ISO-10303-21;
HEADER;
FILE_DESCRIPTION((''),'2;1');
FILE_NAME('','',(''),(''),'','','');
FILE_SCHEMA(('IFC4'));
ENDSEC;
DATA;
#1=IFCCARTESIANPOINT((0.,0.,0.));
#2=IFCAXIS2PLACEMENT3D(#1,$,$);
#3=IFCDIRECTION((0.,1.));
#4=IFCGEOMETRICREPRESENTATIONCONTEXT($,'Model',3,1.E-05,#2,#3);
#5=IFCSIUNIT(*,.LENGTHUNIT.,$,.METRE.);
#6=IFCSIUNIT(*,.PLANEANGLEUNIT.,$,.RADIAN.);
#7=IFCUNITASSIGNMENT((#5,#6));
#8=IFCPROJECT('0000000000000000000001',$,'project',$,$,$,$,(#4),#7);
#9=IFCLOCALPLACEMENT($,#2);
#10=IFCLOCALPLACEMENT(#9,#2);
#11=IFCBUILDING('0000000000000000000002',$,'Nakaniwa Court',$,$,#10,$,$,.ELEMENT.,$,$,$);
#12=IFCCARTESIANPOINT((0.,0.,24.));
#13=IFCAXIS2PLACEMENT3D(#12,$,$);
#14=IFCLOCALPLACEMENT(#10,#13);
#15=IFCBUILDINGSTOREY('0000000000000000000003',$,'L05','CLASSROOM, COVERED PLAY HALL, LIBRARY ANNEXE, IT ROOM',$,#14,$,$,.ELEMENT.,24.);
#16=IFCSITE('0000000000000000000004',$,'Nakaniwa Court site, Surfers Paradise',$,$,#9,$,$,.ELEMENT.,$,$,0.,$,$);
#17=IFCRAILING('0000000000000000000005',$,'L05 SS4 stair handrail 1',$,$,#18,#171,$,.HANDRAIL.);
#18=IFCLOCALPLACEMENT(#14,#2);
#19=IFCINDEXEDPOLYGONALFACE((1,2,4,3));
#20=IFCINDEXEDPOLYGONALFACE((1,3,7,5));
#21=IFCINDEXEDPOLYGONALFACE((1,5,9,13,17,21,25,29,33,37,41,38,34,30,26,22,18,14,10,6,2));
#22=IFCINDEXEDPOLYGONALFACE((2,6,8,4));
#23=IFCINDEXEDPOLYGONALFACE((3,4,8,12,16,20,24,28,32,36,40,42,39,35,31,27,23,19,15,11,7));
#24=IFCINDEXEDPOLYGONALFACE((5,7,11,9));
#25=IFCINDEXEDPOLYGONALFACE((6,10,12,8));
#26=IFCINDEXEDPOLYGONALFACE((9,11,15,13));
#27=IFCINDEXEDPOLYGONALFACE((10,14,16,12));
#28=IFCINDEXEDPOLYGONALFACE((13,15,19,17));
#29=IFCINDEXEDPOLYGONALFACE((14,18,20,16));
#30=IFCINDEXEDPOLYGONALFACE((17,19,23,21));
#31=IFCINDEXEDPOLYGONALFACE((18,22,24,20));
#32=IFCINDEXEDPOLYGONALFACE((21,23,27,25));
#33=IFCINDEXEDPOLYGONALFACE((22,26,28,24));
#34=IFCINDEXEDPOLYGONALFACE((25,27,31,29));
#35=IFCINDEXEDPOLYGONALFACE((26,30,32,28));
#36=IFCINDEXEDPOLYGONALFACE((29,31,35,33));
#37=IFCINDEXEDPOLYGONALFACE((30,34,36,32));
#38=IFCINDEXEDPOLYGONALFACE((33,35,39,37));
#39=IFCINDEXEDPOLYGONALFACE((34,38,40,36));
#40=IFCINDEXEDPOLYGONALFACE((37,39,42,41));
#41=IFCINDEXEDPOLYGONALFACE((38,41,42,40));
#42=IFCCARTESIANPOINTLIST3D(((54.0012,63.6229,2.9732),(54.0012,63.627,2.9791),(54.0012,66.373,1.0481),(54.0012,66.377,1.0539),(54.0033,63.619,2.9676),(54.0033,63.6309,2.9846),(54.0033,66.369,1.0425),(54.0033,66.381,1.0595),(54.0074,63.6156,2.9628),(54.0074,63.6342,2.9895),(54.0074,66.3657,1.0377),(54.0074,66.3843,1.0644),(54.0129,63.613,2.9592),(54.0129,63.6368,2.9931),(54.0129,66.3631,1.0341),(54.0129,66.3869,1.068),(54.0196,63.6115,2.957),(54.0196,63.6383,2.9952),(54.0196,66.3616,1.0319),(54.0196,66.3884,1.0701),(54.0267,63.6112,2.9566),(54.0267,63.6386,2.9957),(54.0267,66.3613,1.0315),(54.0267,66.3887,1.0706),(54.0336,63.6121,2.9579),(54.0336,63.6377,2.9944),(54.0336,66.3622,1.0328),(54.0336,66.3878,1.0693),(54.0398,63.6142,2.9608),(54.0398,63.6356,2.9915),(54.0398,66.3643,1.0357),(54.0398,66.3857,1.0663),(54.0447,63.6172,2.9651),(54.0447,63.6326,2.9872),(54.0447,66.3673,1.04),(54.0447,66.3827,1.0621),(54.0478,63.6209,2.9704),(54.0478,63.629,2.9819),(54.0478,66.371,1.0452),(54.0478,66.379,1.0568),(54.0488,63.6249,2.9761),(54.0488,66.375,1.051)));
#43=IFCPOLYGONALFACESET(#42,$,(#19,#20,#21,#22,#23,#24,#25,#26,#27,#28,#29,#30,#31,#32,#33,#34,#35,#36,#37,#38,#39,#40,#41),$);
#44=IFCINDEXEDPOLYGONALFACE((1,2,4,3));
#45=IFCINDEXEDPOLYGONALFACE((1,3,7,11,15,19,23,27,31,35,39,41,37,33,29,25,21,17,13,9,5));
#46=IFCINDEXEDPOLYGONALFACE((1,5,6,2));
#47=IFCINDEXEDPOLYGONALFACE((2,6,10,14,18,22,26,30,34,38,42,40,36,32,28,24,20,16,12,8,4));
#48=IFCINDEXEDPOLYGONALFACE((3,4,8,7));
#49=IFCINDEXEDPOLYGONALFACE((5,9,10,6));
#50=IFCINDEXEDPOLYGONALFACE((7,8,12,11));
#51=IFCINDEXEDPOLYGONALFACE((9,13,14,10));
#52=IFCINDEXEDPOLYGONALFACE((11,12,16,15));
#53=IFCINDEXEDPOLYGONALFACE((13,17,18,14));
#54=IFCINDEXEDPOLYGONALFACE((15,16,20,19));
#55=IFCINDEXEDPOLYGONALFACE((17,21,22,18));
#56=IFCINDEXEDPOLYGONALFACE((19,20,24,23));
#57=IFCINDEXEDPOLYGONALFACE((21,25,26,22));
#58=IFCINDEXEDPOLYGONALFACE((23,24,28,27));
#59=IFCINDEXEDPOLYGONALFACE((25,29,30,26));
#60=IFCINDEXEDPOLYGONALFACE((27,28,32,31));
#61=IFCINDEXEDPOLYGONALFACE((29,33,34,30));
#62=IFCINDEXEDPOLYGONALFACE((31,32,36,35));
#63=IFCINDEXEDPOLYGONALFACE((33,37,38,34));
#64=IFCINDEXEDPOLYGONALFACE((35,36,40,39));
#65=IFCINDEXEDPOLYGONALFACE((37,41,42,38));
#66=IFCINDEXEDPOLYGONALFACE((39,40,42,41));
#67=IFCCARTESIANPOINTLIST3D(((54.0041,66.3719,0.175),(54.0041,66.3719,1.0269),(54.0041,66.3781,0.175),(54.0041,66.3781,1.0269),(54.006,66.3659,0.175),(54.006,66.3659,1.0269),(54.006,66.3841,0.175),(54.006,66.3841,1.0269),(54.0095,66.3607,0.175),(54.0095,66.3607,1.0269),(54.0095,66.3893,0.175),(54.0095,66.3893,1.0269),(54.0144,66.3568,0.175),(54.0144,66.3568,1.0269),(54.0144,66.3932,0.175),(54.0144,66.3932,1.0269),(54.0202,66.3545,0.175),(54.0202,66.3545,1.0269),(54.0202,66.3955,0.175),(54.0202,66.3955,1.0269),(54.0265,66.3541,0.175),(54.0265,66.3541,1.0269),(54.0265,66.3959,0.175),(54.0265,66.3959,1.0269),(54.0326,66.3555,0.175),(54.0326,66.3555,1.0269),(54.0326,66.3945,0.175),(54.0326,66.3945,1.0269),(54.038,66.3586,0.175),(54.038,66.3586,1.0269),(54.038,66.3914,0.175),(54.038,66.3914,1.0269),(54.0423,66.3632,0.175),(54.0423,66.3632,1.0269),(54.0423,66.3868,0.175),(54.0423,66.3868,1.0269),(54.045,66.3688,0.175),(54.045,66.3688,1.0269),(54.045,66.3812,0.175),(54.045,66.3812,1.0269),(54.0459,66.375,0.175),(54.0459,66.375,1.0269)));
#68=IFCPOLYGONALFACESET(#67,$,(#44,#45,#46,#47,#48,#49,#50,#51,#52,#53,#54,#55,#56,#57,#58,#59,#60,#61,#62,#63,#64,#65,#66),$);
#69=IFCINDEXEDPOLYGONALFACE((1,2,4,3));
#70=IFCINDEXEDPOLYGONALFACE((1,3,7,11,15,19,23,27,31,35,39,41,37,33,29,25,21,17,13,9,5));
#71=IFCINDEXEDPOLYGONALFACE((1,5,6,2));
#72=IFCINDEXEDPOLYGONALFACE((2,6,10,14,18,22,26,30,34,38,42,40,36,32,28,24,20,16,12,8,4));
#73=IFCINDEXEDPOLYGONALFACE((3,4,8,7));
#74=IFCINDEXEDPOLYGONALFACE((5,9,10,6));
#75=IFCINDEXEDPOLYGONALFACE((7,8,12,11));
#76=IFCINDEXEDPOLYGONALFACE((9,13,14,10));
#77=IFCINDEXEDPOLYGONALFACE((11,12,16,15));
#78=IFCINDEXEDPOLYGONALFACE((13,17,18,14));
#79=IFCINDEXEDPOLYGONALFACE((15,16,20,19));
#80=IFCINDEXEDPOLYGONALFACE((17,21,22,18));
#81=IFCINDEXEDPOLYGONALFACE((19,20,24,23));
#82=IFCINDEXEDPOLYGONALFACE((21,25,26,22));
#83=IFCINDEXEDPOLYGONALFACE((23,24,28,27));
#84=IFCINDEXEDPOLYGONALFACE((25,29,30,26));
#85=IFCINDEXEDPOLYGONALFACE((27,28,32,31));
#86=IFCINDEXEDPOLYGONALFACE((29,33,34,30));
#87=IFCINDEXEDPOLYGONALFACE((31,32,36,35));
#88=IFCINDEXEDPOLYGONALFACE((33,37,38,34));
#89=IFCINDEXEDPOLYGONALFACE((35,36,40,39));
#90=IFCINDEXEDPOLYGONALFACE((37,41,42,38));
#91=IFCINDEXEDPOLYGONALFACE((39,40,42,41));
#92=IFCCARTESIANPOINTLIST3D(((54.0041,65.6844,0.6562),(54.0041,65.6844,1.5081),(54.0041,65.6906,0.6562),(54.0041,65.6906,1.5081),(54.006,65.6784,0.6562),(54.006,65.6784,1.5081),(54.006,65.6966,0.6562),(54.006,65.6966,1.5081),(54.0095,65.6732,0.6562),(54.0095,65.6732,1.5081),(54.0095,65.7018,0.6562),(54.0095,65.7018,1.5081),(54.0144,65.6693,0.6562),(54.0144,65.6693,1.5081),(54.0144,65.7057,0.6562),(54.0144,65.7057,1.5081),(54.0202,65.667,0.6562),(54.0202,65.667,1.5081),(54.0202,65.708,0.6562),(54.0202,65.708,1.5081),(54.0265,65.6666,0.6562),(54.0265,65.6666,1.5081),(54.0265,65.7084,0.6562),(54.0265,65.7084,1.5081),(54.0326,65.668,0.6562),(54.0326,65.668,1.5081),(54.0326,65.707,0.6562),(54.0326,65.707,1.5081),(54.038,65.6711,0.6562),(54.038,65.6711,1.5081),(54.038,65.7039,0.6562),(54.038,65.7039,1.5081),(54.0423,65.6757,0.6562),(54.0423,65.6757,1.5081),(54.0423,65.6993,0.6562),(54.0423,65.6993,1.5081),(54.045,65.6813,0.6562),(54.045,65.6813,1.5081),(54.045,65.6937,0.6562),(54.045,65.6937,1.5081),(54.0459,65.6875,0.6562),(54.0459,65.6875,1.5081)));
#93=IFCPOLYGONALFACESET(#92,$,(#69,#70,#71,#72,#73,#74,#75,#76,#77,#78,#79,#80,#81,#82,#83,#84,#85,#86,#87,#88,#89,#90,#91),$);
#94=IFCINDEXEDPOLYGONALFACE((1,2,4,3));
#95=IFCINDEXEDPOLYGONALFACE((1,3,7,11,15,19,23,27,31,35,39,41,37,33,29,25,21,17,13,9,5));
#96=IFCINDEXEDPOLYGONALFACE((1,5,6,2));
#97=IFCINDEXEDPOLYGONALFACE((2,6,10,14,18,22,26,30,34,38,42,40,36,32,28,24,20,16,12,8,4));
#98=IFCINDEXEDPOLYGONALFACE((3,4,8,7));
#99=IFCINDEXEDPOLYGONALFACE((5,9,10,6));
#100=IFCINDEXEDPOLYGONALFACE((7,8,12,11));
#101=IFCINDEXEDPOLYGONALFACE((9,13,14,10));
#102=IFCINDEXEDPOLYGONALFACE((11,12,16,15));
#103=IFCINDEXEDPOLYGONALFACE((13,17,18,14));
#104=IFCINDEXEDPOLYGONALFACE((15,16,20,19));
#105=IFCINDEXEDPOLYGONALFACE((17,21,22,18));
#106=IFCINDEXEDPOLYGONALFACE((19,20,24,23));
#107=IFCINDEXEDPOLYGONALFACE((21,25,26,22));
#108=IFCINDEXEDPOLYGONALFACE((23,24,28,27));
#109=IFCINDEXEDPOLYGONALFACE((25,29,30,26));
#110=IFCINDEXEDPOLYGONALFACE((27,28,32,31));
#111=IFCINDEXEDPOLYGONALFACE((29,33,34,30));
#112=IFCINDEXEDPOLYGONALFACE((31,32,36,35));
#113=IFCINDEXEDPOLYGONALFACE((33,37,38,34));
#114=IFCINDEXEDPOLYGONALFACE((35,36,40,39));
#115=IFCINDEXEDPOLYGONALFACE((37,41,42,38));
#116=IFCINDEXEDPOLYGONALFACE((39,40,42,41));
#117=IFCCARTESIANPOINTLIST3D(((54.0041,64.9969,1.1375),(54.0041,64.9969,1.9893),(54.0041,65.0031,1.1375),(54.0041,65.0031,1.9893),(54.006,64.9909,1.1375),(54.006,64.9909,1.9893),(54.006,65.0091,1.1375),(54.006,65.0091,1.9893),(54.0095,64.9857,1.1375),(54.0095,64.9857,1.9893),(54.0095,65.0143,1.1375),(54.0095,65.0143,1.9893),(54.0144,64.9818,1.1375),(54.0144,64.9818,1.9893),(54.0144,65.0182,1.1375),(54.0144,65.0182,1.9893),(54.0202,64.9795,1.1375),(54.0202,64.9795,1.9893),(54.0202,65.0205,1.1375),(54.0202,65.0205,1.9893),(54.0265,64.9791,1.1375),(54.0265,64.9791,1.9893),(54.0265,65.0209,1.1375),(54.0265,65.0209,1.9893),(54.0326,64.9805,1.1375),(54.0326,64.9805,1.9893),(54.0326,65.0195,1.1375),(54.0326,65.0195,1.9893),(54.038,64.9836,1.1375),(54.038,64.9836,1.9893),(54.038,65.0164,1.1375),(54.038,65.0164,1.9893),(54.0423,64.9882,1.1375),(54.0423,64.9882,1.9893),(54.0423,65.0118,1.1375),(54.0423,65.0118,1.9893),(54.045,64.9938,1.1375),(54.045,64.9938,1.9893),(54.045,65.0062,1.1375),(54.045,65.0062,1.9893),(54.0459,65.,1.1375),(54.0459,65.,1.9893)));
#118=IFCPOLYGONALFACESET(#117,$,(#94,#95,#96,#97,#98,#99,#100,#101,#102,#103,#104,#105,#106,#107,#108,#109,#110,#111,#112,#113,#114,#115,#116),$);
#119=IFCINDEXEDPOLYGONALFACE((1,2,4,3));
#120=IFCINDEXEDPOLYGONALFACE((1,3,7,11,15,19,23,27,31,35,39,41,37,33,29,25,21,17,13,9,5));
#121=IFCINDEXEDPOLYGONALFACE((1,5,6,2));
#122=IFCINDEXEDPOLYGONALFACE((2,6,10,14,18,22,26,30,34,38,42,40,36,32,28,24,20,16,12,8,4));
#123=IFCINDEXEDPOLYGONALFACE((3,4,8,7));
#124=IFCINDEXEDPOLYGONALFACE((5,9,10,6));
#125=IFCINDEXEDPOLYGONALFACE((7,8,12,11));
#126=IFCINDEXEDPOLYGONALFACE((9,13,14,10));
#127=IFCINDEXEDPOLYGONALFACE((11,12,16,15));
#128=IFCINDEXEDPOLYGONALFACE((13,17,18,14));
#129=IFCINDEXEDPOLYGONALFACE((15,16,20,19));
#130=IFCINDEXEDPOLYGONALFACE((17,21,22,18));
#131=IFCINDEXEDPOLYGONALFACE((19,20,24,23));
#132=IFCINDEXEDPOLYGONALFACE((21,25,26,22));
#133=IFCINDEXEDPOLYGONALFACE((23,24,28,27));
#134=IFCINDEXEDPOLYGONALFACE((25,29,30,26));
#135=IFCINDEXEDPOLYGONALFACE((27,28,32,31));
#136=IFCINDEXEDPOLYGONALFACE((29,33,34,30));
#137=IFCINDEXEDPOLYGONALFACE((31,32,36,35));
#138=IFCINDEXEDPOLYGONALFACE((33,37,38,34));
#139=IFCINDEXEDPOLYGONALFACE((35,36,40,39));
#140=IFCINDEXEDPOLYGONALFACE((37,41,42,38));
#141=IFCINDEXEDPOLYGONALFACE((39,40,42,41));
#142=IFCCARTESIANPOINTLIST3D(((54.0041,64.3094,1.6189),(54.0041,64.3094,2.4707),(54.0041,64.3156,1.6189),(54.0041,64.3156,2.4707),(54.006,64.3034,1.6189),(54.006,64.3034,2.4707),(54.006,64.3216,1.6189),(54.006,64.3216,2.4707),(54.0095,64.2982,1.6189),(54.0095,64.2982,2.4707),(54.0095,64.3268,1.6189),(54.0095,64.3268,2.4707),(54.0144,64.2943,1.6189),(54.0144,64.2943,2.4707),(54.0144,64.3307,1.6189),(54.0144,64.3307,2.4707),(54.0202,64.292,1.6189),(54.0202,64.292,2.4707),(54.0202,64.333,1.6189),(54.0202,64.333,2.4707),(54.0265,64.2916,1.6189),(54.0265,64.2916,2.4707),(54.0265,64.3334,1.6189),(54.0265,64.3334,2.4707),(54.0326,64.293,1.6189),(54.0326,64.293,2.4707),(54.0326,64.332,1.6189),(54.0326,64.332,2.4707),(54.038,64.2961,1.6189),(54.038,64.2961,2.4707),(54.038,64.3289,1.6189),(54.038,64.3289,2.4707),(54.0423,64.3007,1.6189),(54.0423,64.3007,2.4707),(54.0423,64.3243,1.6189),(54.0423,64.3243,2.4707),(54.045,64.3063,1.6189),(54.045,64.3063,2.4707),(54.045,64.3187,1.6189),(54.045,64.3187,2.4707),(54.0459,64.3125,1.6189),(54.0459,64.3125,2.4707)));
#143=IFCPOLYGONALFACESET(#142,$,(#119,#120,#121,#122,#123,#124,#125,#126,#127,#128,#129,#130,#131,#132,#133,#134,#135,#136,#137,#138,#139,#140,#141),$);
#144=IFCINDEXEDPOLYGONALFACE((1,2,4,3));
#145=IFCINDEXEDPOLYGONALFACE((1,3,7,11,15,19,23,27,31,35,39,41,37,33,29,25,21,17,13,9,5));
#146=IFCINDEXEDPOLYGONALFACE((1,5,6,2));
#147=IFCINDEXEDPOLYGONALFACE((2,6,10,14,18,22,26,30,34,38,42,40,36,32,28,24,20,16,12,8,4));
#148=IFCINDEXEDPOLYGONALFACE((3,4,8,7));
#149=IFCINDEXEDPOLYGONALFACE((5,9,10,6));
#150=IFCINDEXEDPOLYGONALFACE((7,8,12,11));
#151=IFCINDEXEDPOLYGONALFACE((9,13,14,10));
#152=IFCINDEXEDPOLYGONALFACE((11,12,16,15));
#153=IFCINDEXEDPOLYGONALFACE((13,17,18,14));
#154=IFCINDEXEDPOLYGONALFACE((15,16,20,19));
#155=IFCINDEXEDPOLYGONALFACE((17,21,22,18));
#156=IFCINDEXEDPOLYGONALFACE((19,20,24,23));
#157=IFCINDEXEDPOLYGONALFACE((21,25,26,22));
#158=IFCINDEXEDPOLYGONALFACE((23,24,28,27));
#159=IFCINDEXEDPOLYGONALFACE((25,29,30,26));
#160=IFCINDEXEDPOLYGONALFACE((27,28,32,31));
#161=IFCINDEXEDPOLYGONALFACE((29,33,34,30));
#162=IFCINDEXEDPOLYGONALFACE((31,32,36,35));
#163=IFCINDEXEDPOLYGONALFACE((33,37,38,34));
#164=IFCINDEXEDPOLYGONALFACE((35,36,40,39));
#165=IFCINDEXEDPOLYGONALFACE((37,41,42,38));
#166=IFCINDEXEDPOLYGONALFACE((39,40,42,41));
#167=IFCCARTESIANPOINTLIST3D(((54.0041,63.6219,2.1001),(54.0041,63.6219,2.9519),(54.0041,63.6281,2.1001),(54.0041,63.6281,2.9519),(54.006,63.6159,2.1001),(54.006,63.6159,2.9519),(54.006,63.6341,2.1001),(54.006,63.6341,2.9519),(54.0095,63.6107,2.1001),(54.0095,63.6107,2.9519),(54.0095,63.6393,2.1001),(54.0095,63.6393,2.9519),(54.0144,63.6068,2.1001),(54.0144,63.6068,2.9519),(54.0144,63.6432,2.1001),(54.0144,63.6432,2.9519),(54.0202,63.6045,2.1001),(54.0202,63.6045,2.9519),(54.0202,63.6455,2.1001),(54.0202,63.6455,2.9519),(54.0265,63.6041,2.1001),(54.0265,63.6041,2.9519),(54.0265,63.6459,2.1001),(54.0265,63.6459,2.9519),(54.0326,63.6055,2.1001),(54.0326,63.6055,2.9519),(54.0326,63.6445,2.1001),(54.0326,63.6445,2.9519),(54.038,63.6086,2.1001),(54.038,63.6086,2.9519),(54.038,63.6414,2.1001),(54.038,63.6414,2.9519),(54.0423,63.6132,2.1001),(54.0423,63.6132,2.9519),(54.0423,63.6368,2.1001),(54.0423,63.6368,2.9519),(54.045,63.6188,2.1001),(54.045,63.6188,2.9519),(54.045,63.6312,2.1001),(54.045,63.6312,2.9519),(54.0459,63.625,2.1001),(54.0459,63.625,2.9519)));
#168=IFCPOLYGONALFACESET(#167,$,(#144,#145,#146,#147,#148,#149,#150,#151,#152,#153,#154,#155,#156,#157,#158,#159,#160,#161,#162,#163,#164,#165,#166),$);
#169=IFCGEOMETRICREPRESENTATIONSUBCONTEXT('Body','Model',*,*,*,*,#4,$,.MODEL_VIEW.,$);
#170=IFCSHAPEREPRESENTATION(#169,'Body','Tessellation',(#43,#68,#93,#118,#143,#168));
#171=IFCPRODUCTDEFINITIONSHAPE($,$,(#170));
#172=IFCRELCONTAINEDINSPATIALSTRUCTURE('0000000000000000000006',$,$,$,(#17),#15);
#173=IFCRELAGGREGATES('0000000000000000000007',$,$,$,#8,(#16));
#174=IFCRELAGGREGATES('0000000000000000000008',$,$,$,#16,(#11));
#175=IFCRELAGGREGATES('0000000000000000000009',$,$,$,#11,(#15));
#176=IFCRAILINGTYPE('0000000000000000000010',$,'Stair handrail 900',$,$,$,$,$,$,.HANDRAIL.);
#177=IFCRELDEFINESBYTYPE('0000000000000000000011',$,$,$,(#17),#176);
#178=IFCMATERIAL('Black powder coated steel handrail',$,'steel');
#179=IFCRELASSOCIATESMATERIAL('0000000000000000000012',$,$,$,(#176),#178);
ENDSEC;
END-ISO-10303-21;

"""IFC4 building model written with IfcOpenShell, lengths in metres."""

from ifc_helpers import new_model, si_unit, direction, frame, origin, origin_2d, place, context, subcontext, project, spatial, circle, extrude, material, type_object, element, save


model = new_model("IFC4")

# Units and contexts
model_context = context("Model", 3, precision=1e-05, world=origin(), true_north=direction((0.0, 1.0)))
body_context = subcontext(model_context, "Body", "Model", "MODEL_VIEW")
ifc_project = project(units=[si_unit("LENGTHUNIT", "METRE"), si_unit("PLANEANGLEUNIT", "RADIAN")], contexts=[model_context])

# Site, building, storey
site_placement = place(None, origin())
site = spatial("IfcSite", under=ifc_project, at=site_placement, Name="Nakaniwa Court site, Surfers Paradise", CompositionType="ELEMENT", RefElevation=0.0)
building_placement = place(site_placement, origin())
building = spatial("IfcBuilding", under=site, at=building_placement, Name="Nakaniwa Court", CompositionType="ELEMENT")
storey_placement = place(building_placement, frame((0.0, 0.0, 24.0)))
storey = spatial("IfcBuildingStorey", under=building, at=storey_placement, Name="L05", Description="CLASSROOM, COVERED PLAY HALL, LIBRARY ANNEXE, IT ROOM", CompositionType="ELEMENT", Elevation=24.0)

# Railing
ifc_material_1 = material(Name="Black powder coated steel handrail", Category="steel")
railing_type_1 = type_object("IfcRailingType", Name="Stair handrail 900", PredefinedType="HANDRAIL", material=ifc_material_1)
railing_1_placement = place(storey_placement, frame((54.0249, 66.375, 0.175)))
element("IfcRailing", 1, at=railing_1_placement, inside=storey, type_object=railing_type_1, Name="L05 SS4 stair handrail 1", PredefinedType="HANDRAIL", context=body_context, shape_type="SweptSolid", body=[
    extrude(circle(Radius=0.0239, at=origin_2d()), frame((0.0, 0.0, 0.876), z_axis=(0.0, -0.819225, 0.573472), x_axis=(1.0, 0.0, 0.0)), (0.0, 0.0, 1.0), 3.3569),
    extrude(circle(Radius=0.021, at=origin_2d()), origin(), (0.0, 0.0, 1.0), 0.8518),
    extrude(circle(Radius=0.021, at=origin_2d()), frame((0.0, -0.6875, 0.4812)), (0.0, 0.0, 1.0), 0.8518),
    extrude(circle(Radius=0.021, at=origin_2d()), frame((0.0, -1.375, 0.9624)), (0.0, 0.0, 1.0), 0.8518),
    extrude(circle(Radius=0.021, at=origin_2d()), frame((0.0, -2.0625, 1.4438)), (0.0, 0.0, 1.0), 0.8518),
    extrude(circle(Radius=0.021, at=origin_2d()), frame((0.0, -2.75, 1.925)), (0.0, 0.0, 1.0), 0.8518),
])

save(model, "model.ifc")
